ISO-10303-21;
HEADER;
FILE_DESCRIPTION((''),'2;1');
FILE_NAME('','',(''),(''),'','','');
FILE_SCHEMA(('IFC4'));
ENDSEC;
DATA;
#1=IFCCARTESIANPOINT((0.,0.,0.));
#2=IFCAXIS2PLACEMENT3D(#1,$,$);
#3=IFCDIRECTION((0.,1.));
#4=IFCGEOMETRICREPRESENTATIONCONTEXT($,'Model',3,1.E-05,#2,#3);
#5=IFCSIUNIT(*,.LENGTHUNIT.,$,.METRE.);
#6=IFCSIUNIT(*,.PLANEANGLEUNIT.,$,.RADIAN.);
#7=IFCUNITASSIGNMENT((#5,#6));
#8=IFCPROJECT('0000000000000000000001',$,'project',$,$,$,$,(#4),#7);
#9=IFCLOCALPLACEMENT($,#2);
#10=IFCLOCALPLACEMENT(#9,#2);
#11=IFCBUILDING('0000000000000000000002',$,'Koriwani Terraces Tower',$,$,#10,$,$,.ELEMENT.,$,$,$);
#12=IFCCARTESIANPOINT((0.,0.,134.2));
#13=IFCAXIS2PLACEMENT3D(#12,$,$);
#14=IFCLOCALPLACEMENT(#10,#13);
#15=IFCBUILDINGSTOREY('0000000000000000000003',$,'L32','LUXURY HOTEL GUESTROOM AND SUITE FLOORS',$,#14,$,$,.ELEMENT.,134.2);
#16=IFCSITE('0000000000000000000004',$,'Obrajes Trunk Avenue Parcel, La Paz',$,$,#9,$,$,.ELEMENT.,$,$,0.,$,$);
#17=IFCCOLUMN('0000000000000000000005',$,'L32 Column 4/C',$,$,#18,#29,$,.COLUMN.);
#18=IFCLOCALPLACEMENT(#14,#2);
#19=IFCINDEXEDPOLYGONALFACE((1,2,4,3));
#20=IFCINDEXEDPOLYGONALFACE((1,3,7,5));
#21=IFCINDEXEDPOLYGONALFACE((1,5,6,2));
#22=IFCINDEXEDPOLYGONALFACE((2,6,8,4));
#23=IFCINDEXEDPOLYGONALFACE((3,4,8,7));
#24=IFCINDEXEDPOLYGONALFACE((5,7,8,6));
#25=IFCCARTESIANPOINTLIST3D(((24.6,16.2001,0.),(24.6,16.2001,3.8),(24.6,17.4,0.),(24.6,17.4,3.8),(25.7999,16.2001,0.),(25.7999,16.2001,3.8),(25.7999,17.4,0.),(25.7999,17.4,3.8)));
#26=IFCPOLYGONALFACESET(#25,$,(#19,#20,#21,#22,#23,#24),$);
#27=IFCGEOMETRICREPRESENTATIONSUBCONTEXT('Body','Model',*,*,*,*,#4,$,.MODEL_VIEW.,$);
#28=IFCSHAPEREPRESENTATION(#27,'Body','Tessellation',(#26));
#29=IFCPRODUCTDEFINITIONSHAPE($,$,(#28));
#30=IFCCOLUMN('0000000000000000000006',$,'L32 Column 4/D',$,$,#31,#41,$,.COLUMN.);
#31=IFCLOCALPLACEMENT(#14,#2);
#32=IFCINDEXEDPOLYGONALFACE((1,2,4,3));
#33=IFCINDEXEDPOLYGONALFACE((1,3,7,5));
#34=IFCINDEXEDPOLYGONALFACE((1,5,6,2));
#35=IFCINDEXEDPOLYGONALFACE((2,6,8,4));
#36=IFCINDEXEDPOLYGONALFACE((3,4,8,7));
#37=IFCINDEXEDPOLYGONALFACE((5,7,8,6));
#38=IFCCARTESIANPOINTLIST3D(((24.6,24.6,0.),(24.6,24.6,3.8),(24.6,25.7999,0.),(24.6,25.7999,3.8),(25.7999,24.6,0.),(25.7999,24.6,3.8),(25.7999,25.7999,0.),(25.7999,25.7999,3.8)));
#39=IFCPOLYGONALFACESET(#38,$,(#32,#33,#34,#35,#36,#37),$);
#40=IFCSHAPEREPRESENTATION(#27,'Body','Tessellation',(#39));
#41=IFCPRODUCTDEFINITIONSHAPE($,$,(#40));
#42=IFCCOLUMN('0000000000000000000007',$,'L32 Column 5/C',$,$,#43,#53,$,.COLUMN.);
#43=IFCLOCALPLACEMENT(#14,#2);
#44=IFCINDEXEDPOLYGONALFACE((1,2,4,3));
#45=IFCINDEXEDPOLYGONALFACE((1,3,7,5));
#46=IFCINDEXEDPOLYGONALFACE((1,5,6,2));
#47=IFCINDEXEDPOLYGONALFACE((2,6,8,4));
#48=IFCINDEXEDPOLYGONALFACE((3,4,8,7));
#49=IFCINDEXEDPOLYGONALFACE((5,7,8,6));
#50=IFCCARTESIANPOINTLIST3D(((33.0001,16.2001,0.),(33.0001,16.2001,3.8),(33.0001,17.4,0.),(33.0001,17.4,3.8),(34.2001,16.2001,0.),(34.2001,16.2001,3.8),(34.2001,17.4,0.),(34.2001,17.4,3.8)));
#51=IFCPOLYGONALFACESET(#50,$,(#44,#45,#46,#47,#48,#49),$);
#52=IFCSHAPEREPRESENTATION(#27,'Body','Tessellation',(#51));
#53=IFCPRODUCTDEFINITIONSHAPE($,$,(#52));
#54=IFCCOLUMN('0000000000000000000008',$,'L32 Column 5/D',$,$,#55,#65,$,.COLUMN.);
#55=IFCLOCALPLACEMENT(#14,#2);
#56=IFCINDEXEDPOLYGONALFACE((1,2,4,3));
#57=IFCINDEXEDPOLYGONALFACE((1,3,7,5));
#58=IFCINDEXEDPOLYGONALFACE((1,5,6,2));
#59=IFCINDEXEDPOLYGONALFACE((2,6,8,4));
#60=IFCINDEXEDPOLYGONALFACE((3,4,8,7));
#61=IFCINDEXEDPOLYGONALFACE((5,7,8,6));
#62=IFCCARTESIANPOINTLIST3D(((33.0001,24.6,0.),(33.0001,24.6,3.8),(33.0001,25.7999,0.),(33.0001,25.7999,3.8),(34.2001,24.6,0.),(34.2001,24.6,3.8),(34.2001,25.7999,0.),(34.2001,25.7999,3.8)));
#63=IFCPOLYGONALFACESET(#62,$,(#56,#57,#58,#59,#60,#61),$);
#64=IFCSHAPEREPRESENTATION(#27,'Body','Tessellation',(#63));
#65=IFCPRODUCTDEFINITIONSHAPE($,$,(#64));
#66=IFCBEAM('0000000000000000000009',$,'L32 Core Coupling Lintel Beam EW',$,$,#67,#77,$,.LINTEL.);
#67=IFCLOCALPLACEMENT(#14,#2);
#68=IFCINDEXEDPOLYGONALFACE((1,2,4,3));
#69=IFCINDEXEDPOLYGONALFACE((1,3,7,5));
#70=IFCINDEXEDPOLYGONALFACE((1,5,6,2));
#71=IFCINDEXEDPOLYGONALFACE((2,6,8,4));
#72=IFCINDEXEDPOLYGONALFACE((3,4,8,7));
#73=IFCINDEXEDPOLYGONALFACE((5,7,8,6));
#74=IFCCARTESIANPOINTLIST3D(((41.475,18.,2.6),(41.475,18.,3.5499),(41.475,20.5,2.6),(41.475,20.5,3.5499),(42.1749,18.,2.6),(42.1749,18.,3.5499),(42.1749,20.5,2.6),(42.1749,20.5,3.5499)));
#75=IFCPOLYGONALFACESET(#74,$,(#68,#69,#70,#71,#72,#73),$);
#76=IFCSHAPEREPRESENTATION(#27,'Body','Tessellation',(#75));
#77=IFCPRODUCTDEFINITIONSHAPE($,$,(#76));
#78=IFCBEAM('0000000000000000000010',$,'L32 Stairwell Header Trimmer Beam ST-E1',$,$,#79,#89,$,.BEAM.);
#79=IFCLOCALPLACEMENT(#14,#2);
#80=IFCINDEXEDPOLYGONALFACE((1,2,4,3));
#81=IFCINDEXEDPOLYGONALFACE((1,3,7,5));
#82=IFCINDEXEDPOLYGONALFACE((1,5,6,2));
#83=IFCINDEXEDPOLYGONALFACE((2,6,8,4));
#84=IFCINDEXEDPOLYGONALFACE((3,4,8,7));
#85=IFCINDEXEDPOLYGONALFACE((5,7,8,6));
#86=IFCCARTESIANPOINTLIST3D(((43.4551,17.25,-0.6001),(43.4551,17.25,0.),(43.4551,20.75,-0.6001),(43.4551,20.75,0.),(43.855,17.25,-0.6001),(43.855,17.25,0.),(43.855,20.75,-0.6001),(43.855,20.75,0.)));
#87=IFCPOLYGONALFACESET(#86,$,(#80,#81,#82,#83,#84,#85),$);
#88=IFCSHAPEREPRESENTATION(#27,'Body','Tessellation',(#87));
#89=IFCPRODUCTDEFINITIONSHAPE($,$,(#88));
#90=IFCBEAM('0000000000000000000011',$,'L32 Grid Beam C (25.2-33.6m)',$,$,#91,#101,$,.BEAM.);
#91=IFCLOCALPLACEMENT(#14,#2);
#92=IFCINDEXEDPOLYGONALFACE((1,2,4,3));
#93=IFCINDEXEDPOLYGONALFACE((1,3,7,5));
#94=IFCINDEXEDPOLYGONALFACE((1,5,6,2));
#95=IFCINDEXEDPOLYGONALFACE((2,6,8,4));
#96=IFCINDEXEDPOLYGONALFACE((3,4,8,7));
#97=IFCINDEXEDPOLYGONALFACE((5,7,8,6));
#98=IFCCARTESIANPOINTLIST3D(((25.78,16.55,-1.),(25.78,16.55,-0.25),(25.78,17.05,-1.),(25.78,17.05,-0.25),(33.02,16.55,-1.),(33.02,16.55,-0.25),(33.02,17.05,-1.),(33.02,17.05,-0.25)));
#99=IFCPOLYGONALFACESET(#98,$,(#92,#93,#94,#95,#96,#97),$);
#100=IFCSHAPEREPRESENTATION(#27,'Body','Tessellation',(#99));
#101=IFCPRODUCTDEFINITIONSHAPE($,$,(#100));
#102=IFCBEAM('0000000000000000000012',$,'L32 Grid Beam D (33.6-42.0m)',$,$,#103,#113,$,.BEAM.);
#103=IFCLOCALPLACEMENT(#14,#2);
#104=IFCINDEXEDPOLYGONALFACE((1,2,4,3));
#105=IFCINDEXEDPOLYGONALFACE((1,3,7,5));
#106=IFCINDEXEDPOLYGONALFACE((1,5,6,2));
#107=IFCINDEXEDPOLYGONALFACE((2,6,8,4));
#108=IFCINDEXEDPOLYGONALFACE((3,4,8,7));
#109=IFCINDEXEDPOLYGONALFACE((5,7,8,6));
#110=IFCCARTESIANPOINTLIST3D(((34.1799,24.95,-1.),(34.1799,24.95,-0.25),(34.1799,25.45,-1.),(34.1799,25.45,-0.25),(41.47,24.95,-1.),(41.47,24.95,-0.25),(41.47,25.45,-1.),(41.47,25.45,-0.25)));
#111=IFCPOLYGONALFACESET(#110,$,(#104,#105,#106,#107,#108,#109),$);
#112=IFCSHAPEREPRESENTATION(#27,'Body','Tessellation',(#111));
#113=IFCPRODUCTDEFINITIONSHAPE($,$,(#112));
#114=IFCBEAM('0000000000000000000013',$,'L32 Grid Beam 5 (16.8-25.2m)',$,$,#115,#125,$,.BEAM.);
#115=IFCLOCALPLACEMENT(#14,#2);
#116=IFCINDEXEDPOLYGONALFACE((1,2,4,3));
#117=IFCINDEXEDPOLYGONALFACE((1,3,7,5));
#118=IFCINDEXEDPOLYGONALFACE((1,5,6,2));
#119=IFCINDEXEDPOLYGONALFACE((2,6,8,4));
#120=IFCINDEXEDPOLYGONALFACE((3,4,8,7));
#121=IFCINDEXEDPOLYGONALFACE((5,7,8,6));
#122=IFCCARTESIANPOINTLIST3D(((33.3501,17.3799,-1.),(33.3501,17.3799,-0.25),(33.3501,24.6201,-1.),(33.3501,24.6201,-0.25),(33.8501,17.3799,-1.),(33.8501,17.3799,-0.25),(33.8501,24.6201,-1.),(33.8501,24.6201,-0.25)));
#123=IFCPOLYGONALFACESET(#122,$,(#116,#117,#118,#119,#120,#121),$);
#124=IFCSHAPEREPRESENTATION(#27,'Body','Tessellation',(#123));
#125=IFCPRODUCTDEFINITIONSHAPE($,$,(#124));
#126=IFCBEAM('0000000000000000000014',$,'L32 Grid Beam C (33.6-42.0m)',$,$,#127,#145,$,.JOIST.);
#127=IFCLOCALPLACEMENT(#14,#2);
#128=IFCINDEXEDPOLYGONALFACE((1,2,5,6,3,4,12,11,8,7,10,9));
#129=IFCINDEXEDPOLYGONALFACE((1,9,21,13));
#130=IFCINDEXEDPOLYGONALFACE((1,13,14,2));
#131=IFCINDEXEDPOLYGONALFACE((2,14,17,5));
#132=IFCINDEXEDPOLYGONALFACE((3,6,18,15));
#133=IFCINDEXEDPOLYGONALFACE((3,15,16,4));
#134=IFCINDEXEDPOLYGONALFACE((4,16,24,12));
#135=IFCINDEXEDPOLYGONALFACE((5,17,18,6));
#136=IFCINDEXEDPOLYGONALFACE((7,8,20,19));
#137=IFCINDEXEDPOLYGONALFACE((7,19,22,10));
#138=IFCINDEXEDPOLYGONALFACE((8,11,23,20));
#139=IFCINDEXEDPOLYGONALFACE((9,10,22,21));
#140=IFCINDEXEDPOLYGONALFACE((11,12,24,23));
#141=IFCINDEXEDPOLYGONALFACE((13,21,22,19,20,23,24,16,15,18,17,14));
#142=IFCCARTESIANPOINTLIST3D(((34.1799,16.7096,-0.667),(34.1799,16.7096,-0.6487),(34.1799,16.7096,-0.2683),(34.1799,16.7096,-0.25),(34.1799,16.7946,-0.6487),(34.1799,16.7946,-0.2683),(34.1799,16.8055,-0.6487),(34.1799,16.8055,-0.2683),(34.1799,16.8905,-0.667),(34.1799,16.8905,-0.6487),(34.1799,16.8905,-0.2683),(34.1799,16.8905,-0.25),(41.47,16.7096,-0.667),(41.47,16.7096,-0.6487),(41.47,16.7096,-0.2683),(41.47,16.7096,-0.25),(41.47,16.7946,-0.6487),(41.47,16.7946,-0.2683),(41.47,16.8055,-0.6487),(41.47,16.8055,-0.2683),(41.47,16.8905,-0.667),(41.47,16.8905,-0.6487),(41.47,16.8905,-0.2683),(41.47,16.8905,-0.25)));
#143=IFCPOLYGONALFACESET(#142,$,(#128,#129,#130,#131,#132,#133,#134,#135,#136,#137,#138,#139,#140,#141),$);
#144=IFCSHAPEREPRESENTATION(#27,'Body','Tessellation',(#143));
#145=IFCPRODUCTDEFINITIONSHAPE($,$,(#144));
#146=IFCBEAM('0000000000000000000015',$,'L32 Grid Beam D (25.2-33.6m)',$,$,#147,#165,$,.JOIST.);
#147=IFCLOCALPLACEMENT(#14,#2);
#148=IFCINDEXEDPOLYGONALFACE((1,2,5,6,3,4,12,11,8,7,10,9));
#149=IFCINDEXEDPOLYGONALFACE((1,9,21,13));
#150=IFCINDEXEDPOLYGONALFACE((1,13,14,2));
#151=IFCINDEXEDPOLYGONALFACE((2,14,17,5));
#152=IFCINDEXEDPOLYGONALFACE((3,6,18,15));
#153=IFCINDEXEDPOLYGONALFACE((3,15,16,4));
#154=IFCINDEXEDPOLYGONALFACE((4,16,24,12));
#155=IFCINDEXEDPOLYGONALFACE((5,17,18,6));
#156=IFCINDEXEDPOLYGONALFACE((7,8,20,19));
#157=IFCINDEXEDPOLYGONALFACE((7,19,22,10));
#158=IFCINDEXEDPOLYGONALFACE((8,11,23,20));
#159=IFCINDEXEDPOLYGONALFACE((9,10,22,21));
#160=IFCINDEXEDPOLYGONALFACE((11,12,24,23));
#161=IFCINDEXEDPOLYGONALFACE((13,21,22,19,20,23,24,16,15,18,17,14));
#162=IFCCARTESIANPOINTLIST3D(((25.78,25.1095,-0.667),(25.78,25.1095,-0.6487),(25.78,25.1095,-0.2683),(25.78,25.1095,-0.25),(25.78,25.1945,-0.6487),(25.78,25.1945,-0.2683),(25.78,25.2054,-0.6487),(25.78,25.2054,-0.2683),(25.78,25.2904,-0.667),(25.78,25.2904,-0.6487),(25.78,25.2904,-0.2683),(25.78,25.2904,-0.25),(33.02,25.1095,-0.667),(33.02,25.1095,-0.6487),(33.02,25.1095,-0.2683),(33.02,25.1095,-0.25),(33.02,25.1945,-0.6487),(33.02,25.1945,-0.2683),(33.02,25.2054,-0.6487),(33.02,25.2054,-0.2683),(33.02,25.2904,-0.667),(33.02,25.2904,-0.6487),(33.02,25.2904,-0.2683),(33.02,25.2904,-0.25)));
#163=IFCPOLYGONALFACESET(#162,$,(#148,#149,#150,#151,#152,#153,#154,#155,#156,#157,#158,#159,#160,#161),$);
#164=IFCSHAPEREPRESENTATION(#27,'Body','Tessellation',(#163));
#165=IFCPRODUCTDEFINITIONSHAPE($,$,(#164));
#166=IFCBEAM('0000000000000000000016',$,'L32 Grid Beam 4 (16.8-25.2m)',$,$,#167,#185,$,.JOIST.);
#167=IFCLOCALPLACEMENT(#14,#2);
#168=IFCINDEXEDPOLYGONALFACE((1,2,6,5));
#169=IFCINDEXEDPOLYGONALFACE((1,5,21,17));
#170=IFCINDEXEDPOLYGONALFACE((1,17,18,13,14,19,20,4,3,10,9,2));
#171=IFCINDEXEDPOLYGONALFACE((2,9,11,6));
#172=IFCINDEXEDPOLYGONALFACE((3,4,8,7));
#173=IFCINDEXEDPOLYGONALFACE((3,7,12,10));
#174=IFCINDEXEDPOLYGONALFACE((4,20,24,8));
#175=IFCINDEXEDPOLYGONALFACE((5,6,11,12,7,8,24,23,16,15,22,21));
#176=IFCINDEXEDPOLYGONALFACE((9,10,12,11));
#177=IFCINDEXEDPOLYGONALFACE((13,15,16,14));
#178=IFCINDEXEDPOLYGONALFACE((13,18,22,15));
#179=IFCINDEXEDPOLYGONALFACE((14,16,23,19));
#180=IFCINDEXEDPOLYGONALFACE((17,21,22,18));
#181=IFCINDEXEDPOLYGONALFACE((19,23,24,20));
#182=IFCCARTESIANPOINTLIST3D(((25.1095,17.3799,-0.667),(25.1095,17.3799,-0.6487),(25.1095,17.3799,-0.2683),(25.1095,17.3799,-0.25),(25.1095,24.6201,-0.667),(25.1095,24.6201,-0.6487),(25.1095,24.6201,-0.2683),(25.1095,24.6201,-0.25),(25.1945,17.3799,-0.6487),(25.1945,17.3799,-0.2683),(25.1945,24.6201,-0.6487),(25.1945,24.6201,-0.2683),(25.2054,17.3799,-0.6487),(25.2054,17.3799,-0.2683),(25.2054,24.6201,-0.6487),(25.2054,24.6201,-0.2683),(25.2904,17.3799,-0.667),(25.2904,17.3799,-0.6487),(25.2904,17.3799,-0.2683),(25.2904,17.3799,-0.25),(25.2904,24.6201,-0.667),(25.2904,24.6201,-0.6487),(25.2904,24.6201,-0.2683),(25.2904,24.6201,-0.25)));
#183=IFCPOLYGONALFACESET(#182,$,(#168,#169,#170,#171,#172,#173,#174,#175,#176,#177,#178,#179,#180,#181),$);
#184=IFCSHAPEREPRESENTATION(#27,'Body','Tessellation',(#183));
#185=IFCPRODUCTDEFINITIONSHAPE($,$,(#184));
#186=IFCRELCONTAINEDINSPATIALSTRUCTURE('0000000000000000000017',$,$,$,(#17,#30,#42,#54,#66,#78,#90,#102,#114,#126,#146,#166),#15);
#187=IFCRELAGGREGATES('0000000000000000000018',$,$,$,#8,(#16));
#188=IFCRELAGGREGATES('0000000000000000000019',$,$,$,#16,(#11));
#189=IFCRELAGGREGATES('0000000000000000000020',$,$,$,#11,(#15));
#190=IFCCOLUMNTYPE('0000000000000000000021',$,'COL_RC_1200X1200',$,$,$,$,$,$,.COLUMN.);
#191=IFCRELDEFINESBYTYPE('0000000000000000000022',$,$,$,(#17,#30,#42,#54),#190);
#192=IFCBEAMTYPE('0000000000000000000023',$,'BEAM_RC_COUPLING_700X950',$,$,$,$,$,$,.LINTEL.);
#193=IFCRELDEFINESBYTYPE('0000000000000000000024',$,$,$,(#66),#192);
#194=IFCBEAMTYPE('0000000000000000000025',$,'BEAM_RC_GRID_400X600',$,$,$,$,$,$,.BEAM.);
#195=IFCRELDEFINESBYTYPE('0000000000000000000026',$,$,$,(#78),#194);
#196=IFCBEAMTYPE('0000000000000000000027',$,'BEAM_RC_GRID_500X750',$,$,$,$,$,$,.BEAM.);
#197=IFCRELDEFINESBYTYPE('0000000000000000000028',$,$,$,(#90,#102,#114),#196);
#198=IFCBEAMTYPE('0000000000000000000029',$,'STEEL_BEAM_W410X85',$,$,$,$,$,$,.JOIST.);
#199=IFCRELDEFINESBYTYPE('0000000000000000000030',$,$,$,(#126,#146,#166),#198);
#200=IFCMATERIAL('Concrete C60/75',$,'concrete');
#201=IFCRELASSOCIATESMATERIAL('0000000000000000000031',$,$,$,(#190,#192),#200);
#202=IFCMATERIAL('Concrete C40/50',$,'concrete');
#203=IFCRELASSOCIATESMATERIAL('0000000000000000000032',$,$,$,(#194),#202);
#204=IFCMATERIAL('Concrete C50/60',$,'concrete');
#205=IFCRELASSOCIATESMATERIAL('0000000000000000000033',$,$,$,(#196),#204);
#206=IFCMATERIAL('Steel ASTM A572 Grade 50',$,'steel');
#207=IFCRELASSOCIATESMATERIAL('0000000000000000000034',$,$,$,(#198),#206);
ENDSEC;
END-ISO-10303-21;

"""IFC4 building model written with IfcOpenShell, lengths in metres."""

from ifc_helpers import new_model, si_unit, direction, frame, origin, origin_2d, place, context, subcontext, project, spatial, rectangle, i_section, extrude, material, material_profile, profile_set, type_object, element, save


model = new_model("IFC4")

# Units and contexts
model_context = context("Model", 3, precision=1e-05, world=origin(), true_north=direction((0.0, 1.0)))
body_context = subcontext(model_context, "Body", "Model", "MODEL_VIEW")
ifc_project = project(units=[si_unit("LENGTHUNIT", "METRE"), si_unit("PLANEANGLEUNIT", "RADIAN")], contexts=[model_context])

# Site, building, storey
site_placement = place(None, origin())
site = spatial("IfcSite", under=ifc_project, at=site_placement, Name="Obrajes Trunk Avenue Parcel, La Paz", CompositionType="ELEMENT", RefElevation=0.0)
building_placement = place(site_placement, origin())
building = spatial("IfcBuilding", under=site, at=building_placement, Name="Koriwani Terraces Tower", CompositionType="ELEMENT")
storey_placement = place(building_placement, frame((0.0, 0.0, 134.2)))
storey = spatial("IfcBuildingStorey", under=building, at=storey_placement, Name="L32", Description="LUXURY HOTEL GUESTROOM AND SUITE FLOORS", CompositionType="ELEMENT", Elevation=134.2)

# Columns
ifc_material_1 = material(Name="Concrete C60/75", Category="concrete")
ifc_material_profile_1 = material_profile(ifc_material_1, rectangle(XDim=1.2, YDim=1.2, at=origin_2d()), Name="Concrete C60/75", Category="LoadBearing")
ifc_profile_set_1 = profile_set([ifc_material_profile_1], Name="Concrete C60/75")
column_type = type_object("IfcColumnType", Name="COL_RC_1200X1200", PredefinedType="COLUMN", material=ifc_profile_set_1)
for number, where, z_axis, x_axis, name in (
    (1, (25.2, 16.8, 0.0), (0.0, 0.0, 1.0), (1.0, 0.0, 0.0), "L32 Column 4/C"),
    (2, (25.2, 25.2, 0.0), (0.0, 0.0, 1.0), (1.0, 0.0, 0.0), "L32 Column 4/D"),
    (3, (33.6001, 16.8, 0.0), (0.0, 0.0, 1.0), (1.0, 0.0, 0.0), "L32 Column 5/C"),
    (4, (33.6001, 25.2, 0.0), (0.0, 0.0, 1.0), (1.0, 0.0, 0.0), "L32 Column 5/D"),
):
    element("IfcColumn", number, at=place(storey_placement, frame(where, z_axis=z_axis, x_axis=x_axis)), inside=storey, type_object=column_type, Name=name, PredefinedType="COLUMN", context=body_context, shape_type="SweptSolid", body=[
        extrude(rectangle(XDim=1.2, YDim=1.2, at=origin_2d()), origin(), (0.0, 0.0, 1.0), 3.8),
    ])

# Beams
ifc_material_profile_2 = material_profile(ifc_material_1, rectangle(XDim=0.7, YDim=0.95, at=origin_2d()), Name="Concrete C60/75", Category="LoadBearing")
ifc_profile_set_2 = profile_set([ifc_material_profile_2], Name="Concrete C60/75")
beam_type_1 = type_object("IfcBeamType", Name="BEAM_RC_COUPLING_700X950", PredefinedType="LINTEL", material=ifc_profile_set_2)
beam_1_placement = place(storey_placement, frame((41.825, 18.0, 3.075), z_axis=(0.0, 1.0, 0.0), x_axis=(-1.0, 0.0, 0.0)))
element("IfcBeam", 5, at=beam_1_placement, inside=storey, type_object=beam_type_1, Name="L32 Core Coupling Lintel Beam EW", PredefinedType="LINTEL", context=body_context, shape_type="SweptSolid", body=[
    extrude(rectangle(XDim=0.7, YDim=0.95, at=origin_2d()), origin(), (0.0, 0.0, 1.0), 2.5),
])
ifc_material_2 = material(Name="Concrete C40/50", Category="concrete")
ifc_material_profile_3 = material_profile(ifc_material_2, rectangle(XDim=0.3999, YDim=0.6001, at=origin_2d()), Name="Concrete C40/50", Category="LoadBearing")
ifc_profile_set_3 = profile_set([ifc_material_profile_3], Name="Concrete C40/50")
beam_type_2 = type_object("IfcBeamType", Name="BEAM_RC_GRID_400X600", PredefinedType="BEAM", material=ifc_profile_set_3)
beam_2_placement = place(storey_placement, frame((43.655, 17.25, -0.3), z_axis=(0.0, 1.0, 0.0), x_axis=(-1.0, 0.0, 0.0)))
element("IfcBeam", 6, at=beam_2_placement, inside=storey, type_object=beam_type_2, Name="L32 Stairwell Header Trimmer Beam ST-E1", PredefinedType="BEAM", context=body_context, shape_type="SweptSolid", body=[
    extrude(rectangle(XDim=0.3999, YDim=0.6001, at=origin_2d()), origin(), (0.0, 0.0, 1.0), 3.5),
])
ifc_material_3 = material(Name="Concrete C50/60", Category="concrete")
ifc_material_profile_4 = material_profile(ifc_material_3, rectangle(XDim=0.5, YDim=0.75, at=origin_2d()), Name="Concrete C50/60", Category="LoadBearing")
ifc_profile_set_4 = profile_set([ifc_material_profile_4], Name="Concrete C50/60")
beam_type_3 = type_object("IfcBeamType", Name="BEAM_RC_GRID_500X750", PredefinedType="BEAM", material=ifc_profile_set_4)
beam_3_placement = place(storey_placement, frame((25.78, 16.8, -0.625), z_axis=(1.0, 0.0, 0.0), x_axis=(0.0, 1.0, 0.0)))
element("IfcBeam", 7, at=beam_3_placement, inside=storey, type_object=beam_type_3, Name="L32 Grid Beam C (25.2-33.6m)", PredefinedType="BEAM", context=body_context, shape_type="SweptSolid", body=[
    extrude(rectangle(XDim=0.5, YDim=0.75, at=origin_2d()), origin(), (0.0, 0.0, 1.0), 7.24),
])
beam_4_placement = place(storey_placement, frame((34.1799, 25.2, -0.625), z_axis=(1.0, 0.0, 0.0), x_axis=(0.0, 1.0, 0.0)))
element("IfcBeam", 8, at=beam_4_placement, inside=storey, type_object=beam_type_3, Name="L32 Grid Beam D (33.6-42.0m)", PredefinedType="BEAM", context=body_context, shape_type="SweptSolid", body=[
    extrude(rectangle(XDim=0.5, YDim=0.75, at=origin_2d()), origin(), (0.0, 0.0, 1.0), 7.29),
])
beam_5_placement = place(storey_placement, frame((33.6001, 17.3799, -0.625), z_axis=(0.0, 1.0, 0.0), x_axis=(-1.0, 0.0, 0.0)))
element("IfcBeam", 9, at=beam_5_placement, inside=storey, type_object=beam_type_3, Name="L32 Grid Beam 5 (16.8-25.2m)", PredefinedType="BEAM", context=body_context, shape_type="SweptSolid", body=[
    extrude(rectangle(XDim=0.5, YDim=0.75, at=origin_2d()), origin(), (0.0, 0.0, 1.0), 7.2402),
])
ifc_material_4 = material(Name="Steel ASTM A572 Grade 50", Category="steel")
ifc_material_profile_5 = material_profile(ifc_material_4, i_section(OverallWidth=0.1809, OverallDepth=0.417, WebThickness=0.011, FlangeThickness=0.0183, at=origin_2d()), Name="Steel ASTM A572 Grade 50", Category="LoadBearing")
ifc_profile_set_5 = profile_set([ifc_material_profile_5], Name="Steel ASTM A572 Grade 50")
beam_type_4 = type_object("IfcBeamType", Name="STEEL_BEAM_W410X85", PredefinedType="JOIST", material=ifc_profile_set_5)
beam_6_placement = place(storey_placement, frame((34.1799, 16.8, -0.4585), z_axis=(1.0, 0.0, 0.0), x_axis=(0.0, 1.0, 0.0)))
element("IfcBeam", 10, at=beam_6_placement, inside=storey, type_object=beam_type_4, Name="L32 Grid Beam C (33.6-42.0m)", PredefinedType="JOIST", context=body_context, shape_type="SweptSolid", body=[
    extrude(i_section(OverallWidth=0.1809, OverallDepth=0.417, WebThickness=0.011, FlangeThickness=0.0183, at=origin_2d()), origin(), (0.0, 0.0, 1.0), 7.29),
])
beam_7_placement = place(storey_placement, frame((25.78, 25.2, -0.4585), z_axis=(1.0, 0.0, 0.0), x_axis=(0.0, 1.0, 0.0)))
element("IfcBeam", 11, at=beam_7_placement, inside=storey, type_object=beam_type_4, Name="L32 Grid Beam D (25.2-33.6m)", PredefinedType="JOIST", context=body_context, shape_type="SweptSolid", body=[
    extrude(i_section(OverallWidth=0.1809, OverallDepth=0.417, WebThickness=0.011, FlangeThickness=0.0183, at=origin_2d()), origin(), (0.0, 0.0, 1.0), 7.24),
])
beam_8_placement = place(storey_placement, frame((25.2, 17.3799, -0.4585), z_axis=(0.0, 1.0, 0.0), x_axis=(-1.0, 0.0, 0.0)))
element("IfcBeam", 12, at=beam_8_placement, inside=storey, type_object=beam_type_4, Name="L32 Grid Beam 4 (16.8-25.2m)", PredefinedType="JOIST", context=body_context, shape_type="SweptSolid", body=[
    extrude(i_section(OverallWidth=0.1809, OverallDepth=0.417, WebThickness=0.011, FlangeThickness=0.0183, at=origin_2d()), origin(), (0.0, 0.0, 1.0), 7.2402),
])

save(model, "model.ifc")
